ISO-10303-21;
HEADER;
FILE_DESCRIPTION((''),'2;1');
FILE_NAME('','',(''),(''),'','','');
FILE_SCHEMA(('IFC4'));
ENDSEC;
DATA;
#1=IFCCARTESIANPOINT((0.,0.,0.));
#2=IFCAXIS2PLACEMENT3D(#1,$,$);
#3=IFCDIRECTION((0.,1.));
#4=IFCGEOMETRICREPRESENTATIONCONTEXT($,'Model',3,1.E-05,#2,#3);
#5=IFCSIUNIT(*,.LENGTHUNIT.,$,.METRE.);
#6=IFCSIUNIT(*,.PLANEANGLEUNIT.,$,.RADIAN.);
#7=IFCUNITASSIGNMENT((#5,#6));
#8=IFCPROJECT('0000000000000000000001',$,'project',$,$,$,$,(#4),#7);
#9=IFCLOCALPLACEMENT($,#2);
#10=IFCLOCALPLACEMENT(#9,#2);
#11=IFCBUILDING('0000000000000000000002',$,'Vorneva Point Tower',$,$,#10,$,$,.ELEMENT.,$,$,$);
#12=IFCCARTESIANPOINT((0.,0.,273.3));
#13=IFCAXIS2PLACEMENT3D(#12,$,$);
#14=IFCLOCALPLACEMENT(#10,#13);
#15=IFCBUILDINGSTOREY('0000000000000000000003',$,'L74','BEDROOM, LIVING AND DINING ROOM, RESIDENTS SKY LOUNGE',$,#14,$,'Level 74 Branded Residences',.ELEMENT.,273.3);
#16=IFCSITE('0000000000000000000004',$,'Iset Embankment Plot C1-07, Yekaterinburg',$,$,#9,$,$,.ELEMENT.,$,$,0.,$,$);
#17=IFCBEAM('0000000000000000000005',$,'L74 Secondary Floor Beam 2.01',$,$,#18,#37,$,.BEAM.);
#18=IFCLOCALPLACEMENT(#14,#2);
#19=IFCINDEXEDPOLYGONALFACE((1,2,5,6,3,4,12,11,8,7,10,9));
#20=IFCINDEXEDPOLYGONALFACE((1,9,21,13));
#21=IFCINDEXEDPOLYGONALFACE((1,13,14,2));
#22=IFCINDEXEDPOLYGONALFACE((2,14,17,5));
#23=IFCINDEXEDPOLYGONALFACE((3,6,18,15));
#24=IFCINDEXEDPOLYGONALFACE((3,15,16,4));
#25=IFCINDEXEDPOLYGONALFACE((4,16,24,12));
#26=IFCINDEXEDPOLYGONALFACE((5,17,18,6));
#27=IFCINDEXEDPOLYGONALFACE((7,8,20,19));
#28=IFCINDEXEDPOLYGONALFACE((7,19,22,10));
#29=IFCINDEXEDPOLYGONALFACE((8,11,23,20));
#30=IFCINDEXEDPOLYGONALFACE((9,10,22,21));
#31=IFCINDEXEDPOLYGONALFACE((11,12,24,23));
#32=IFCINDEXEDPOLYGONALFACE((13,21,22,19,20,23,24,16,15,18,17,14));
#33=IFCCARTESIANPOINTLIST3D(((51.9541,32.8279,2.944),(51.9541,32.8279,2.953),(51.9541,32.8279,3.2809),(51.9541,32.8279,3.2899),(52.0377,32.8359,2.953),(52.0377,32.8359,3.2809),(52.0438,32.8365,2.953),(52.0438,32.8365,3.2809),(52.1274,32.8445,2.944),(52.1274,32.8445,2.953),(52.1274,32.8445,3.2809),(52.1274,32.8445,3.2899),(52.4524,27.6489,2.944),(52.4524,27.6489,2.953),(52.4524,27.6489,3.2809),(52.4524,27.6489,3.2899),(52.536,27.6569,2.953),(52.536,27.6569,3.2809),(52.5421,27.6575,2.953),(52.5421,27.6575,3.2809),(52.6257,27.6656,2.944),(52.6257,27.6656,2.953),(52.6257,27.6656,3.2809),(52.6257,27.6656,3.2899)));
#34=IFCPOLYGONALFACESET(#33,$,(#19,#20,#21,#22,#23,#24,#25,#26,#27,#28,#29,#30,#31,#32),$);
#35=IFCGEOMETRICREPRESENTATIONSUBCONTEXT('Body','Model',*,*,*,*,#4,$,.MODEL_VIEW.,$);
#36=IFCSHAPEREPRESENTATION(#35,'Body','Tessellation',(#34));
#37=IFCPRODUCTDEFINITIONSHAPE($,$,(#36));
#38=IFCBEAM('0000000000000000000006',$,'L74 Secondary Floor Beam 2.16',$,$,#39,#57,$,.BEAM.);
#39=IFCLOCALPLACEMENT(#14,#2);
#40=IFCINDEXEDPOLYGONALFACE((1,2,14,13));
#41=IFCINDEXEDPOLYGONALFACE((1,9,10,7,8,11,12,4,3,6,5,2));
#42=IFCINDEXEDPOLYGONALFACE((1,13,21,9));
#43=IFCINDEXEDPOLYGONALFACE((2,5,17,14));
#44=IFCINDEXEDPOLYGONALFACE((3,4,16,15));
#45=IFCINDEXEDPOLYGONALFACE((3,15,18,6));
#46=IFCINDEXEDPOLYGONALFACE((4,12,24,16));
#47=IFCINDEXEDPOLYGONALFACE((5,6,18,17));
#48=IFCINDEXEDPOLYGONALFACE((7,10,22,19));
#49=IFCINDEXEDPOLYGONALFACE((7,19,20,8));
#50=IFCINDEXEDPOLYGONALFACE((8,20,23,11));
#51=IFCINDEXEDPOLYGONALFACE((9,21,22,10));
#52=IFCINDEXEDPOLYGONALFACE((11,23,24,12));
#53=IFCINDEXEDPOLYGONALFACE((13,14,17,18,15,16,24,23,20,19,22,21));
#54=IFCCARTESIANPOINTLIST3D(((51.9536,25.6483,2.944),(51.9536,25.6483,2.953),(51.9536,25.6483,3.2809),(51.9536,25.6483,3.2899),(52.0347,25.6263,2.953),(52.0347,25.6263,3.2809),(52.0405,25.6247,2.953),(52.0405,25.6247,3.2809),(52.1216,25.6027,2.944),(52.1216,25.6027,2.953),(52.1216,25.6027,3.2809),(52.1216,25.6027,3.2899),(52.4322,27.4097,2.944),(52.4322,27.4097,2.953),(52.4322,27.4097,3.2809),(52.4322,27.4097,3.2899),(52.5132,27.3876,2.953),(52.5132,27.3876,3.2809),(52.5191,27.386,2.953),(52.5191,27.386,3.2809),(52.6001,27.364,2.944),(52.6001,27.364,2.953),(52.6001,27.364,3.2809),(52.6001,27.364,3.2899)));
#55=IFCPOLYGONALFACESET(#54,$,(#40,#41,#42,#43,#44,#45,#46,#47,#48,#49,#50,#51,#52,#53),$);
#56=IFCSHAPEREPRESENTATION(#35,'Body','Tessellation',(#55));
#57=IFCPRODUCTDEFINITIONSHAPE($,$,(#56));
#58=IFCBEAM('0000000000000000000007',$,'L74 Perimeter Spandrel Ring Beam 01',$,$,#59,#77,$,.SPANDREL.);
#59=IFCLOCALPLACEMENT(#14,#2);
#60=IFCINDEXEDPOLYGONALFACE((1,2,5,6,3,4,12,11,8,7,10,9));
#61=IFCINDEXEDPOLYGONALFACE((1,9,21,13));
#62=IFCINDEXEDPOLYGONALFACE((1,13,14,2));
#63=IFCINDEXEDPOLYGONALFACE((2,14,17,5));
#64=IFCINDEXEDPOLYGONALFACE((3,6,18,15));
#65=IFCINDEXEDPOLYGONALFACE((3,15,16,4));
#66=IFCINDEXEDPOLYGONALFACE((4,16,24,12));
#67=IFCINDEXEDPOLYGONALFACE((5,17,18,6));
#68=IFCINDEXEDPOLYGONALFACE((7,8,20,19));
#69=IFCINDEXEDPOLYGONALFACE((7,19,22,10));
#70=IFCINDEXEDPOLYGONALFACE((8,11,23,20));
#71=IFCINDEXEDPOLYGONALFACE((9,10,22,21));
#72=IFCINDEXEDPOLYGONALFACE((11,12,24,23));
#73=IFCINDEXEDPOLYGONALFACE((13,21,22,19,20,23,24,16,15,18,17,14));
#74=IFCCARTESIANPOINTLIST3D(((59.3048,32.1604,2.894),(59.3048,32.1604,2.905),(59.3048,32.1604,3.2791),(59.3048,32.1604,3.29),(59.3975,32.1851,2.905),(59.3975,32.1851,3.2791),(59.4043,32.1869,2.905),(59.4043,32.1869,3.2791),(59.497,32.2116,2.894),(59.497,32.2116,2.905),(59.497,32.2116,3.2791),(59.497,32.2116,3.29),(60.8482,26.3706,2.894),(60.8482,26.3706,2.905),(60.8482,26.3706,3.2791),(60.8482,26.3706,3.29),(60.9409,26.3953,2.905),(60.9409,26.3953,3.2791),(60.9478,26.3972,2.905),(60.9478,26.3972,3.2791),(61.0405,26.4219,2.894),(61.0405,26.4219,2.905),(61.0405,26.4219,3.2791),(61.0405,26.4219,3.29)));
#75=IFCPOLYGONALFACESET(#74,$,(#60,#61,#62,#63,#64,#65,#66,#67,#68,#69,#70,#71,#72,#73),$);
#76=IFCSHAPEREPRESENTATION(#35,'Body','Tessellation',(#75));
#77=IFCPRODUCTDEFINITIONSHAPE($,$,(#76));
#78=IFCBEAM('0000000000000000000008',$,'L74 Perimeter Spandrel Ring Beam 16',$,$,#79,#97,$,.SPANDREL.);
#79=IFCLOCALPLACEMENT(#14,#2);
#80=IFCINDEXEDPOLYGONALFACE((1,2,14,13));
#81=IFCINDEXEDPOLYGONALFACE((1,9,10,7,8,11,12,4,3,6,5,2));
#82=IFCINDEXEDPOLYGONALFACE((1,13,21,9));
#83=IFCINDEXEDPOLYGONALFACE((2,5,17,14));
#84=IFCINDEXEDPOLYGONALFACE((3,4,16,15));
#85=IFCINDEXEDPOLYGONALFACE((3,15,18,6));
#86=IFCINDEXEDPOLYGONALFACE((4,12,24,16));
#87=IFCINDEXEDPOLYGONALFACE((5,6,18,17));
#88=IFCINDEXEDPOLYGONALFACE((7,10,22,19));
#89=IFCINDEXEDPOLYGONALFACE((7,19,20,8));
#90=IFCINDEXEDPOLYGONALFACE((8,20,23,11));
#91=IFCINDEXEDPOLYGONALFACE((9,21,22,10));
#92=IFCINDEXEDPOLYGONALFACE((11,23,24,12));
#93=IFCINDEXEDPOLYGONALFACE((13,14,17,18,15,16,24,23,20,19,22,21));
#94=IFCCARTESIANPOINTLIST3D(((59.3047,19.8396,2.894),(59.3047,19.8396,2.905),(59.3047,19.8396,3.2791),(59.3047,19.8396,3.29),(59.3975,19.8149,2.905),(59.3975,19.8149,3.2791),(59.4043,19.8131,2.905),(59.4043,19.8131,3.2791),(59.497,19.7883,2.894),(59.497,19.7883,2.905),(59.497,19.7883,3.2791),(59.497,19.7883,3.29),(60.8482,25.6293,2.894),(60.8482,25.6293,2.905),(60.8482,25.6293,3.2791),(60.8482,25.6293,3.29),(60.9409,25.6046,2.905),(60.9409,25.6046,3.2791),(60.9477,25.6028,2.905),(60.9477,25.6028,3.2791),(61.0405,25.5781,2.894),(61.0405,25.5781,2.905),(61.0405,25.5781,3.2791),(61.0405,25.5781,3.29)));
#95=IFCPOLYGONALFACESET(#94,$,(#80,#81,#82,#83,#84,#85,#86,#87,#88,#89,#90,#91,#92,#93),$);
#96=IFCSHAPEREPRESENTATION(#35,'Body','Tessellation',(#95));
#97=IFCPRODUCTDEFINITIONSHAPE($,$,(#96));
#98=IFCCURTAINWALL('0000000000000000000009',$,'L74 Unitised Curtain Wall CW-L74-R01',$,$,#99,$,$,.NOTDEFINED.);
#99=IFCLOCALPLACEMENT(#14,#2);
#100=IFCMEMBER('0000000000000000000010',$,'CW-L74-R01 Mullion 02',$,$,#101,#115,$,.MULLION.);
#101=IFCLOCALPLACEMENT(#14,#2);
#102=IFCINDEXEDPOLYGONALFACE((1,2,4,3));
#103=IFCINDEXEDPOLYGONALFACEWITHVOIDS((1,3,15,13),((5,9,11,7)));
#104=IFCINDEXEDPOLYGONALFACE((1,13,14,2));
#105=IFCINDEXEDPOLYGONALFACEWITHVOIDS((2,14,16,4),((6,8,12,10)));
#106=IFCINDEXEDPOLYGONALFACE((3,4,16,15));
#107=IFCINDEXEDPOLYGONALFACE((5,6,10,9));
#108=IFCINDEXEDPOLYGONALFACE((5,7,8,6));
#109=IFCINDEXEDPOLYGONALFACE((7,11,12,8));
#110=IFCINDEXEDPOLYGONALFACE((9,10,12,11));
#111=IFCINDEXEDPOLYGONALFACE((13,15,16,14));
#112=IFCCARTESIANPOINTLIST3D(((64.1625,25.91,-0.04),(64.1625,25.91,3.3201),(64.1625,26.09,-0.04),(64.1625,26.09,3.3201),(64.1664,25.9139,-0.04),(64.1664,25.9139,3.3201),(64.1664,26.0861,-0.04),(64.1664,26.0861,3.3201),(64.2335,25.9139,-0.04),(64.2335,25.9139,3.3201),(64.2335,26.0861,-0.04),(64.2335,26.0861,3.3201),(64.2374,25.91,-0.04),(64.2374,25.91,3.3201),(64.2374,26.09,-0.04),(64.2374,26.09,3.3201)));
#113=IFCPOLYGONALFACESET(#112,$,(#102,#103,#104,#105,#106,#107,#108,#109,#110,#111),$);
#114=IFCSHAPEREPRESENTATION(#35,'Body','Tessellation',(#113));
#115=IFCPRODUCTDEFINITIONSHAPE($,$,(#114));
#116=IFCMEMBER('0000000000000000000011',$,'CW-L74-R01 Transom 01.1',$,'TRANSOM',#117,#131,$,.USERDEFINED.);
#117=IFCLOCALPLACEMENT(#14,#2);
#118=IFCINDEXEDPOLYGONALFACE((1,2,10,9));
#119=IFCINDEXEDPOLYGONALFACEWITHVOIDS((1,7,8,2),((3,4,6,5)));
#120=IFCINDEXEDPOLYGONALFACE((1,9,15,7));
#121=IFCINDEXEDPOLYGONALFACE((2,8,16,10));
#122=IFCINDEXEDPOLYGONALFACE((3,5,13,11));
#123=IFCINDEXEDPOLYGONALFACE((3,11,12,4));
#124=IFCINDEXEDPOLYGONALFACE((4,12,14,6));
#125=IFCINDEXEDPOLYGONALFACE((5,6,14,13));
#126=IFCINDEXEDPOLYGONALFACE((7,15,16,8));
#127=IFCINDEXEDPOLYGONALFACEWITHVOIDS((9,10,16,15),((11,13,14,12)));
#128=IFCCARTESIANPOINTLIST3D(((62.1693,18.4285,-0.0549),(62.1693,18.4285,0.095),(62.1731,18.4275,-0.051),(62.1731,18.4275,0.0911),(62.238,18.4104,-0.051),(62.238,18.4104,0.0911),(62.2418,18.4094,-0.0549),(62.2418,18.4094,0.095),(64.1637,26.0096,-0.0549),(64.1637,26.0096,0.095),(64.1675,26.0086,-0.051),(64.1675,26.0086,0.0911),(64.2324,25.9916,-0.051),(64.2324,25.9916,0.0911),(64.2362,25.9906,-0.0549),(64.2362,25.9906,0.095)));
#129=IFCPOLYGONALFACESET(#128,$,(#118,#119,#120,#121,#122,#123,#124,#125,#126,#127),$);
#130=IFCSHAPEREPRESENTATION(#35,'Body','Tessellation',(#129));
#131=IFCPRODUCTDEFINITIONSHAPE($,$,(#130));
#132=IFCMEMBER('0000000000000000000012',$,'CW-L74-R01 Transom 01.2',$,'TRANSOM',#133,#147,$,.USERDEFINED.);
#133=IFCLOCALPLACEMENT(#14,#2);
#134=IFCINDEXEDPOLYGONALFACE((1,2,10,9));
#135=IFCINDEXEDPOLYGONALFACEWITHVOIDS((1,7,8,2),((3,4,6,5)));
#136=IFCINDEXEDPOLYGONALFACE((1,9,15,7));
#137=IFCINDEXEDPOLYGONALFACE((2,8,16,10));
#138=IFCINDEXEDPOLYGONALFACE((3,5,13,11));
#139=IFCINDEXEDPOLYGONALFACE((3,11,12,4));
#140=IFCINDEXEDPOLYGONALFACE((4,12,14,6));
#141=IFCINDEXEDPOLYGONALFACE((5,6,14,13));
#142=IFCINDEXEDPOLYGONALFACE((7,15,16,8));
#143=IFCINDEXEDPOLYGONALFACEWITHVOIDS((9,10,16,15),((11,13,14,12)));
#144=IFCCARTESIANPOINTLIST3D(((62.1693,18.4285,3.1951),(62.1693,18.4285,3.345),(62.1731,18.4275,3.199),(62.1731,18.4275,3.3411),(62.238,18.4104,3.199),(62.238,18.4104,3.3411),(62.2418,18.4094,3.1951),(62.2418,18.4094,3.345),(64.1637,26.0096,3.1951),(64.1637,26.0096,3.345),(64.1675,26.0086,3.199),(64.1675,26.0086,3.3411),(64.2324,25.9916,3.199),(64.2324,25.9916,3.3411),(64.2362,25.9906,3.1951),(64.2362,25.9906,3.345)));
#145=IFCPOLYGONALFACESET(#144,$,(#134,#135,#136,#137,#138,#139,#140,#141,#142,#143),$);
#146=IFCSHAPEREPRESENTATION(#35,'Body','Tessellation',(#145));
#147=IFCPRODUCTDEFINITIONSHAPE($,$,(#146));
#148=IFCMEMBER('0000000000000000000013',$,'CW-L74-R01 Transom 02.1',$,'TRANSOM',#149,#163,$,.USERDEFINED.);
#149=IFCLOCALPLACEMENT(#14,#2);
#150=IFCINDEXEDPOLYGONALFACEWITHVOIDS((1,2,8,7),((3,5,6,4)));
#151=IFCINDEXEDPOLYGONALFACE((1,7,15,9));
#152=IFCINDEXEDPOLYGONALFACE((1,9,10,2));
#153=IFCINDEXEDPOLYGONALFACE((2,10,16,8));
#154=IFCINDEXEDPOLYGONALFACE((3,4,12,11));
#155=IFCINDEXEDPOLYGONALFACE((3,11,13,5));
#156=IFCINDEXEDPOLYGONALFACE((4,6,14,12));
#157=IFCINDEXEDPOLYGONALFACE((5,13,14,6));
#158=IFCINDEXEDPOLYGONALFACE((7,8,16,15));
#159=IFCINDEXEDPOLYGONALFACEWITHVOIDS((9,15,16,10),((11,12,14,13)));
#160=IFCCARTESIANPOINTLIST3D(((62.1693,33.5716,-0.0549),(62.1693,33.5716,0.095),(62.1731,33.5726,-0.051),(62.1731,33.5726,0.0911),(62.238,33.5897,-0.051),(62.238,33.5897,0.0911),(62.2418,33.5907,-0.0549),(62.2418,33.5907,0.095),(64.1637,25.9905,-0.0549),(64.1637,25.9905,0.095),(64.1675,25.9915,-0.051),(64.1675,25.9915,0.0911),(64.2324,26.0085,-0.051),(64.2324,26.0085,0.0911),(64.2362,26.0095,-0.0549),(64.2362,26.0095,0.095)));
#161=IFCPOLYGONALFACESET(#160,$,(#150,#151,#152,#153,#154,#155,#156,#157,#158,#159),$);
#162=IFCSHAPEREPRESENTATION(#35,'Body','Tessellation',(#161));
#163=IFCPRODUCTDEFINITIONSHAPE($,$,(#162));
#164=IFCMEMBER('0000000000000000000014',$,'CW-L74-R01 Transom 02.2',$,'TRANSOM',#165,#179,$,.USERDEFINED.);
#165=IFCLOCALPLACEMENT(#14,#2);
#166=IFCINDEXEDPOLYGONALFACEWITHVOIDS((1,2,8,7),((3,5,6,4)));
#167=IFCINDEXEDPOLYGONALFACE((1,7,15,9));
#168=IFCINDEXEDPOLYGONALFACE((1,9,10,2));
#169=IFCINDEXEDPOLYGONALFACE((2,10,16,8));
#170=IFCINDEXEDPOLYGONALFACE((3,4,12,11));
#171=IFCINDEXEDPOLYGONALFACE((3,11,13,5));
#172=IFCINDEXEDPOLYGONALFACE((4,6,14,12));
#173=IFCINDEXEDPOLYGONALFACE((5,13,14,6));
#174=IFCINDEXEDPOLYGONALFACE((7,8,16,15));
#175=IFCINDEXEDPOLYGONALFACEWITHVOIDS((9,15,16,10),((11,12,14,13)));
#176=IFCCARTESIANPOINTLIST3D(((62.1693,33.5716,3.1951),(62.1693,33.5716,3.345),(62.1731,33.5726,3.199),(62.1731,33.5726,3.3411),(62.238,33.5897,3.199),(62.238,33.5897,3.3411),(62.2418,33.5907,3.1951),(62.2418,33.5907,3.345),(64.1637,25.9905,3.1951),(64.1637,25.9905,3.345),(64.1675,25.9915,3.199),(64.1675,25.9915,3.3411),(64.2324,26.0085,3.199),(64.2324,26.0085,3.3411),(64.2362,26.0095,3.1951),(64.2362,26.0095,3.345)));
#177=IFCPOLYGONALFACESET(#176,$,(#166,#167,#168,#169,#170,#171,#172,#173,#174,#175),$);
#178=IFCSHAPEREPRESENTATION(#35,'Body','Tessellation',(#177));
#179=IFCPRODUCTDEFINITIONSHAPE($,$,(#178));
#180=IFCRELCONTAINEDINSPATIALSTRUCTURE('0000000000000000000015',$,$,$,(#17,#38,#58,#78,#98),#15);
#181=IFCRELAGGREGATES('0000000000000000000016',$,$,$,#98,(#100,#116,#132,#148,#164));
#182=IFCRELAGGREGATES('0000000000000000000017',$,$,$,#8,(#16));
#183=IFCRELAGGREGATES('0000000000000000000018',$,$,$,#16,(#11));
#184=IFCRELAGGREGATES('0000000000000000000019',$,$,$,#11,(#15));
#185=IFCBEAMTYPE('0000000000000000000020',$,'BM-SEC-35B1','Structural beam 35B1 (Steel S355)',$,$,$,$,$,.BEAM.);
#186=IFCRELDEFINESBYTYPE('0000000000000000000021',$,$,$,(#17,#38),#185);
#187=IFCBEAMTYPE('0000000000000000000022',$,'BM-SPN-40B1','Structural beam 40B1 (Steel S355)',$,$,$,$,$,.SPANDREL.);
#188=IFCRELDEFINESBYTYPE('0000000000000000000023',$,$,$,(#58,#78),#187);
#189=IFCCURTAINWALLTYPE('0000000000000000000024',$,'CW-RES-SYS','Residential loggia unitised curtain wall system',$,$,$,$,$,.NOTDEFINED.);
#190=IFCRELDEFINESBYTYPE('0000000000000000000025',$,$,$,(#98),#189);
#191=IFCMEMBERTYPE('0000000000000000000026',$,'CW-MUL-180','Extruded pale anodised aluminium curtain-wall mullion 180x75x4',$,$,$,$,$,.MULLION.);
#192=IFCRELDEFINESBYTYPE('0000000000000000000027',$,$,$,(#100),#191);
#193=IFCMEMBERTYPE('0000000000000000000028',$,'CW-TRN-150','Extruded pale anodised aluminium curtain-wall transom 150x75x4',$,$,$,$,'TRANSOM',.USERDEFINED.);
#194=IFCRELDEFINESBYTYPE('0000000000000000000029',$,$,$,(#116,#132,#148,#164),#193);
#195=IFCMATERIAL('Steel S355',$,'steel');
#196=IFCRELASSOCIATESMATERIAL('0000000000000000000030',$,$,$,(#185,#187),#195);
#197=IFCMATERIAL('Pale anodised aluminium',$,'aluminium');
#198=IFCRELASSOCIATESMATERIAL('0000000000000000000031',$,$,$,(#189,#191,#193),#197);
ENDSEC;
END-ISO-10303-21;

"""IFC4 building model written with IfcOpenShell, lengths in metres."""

from ifc_helpers import new_model, si_unit, direction, frame, origin, origin_2d, place, context, subcontext, project, spatial, hollow_rectangle, i_section, extrude, material, material_profile, profile_set, type_object, element, aggregate, save


model = new_model("IFC4")

# Units and contexts
model_context = context("Model", 3, precision=1e-05, world=origin(), true_north=direction((0.0, 1.0)))
body_context = subcontext(model_context, "Body", "Model", "MODEL_VIEW")
ifc_project = project(units=[si_unit("LENGTHUNIT", "METRE"), si_unit("PLANEANGLEUNIT", "RADIAN")], contexts=[model_context])

# Site, building, storey
site_placement = place(None, origin())
site = spatial("IfcSite", under=ifc_project, at=site_placement, Name="Iset Embankment Plot C1-07, Yekaterinburg", CompositionType="ELEMENT", RefElevation=0.0)
building_placement = place(site_placement, origin())
building = spatial("IfcBuilding", under=site, at=building_placement, Name="Vorneva Point Tower", CompositionType="ELEMENT")
storey_placement = place(building_placement, frame((0.0, 0.0, 273.3)))
storey = spatial("IfcBuildingStorey", under=building, at=storey_placement, Name="L74", Description="BEDROOM, LIVING AND DINING ROOM, RESIDENTS SKY LOUNGE", LongName="Level 74 Branded Residences", CompositionType="ELEMENT", Elevation=273.3)

# Beams
ifc_material_1 = material(Name="Steel S355", Category="steel")
ifc_material_profile_1 = material_profile(ifc_material_1, i_section(OverallWidth=0.1741, OverallDepth=0.3459, WebThickness=0.0061, FlangeThickness=0.009, at=origin_2d()), Name="35B1")
ifc_profile_set_1 = profile_set([ifc_material_profile_1], Name="Steel S355")
beam_type_1 = type_object("IfcBeamType", Name="BM-SEC-35B1", Description="Structural beam 35B1 (Steel S355)", PredefinedType="BEAM", material=ifc_profile_set_1)
beam_1_placement = place(storey_placement, frame((52.5391, 27.6572, 3.1169), z_axis=(-0.095772, 0.995403, 0.0), x_axis=(-0.995403, -0.095772, 0.0)))
element("IfcBeam", 1, at=beam_1_placement, inside=storey, type_object=beam_type_1, Name="L74 Secondary Floor Beam 2.01", PredefinedType="BEAM", context=body_context, shape_type="SweptSolid", body=[
    extrude(i_section(OverallWidth=0.1741, OverallDepth=0.3459, WebThickness=0.0061, FlangeThickness=0.009, at=origin_2d()), origin(), (0.0, 0.0, 1.0), 5.2029),
])
beam_2_placement = place(storey_placement, frame((52.0376, 25.6255, 3.1169), z_axis=(0.262189, 0.965017, 0.0), x_axis=(-0.965017, 0.262189, 0.0)))
element("IfcBeam", 2, at=beam_2_placement, inside=storey, type_object=beam_type_1, Name="L74 Secondary Floor Beam 2.16", PredefinedType="BEAM", context=body_context, shape_type="SweptSolid", body=[
    extrude(i_section(OverallWidth=0.1741, OverallDepth=0.3459, WebThickness=0.0061, FlangeThickness=0.009, at=origin_2d()), origin(), (0.0, 0.0, 1.0), 1.8252),
])
ifc_material_profile_2 = material_profile(ifc_material_1, i_section(OverallWidth=0.199, OverallDepth=0.396, WebThickness=0.0071, FlangeThickness=0.011, at=origin_2d()), Name="40B1")
ifc_profile_set_2 = profile_set([ifc_material_profile_2], Name="Steel S355")
beam_type_2 = type_object("IfcBeamType", Name="BM-SPN-40B1", Description="Structural beam 40B1 (Steel S355)", PredefinedType="SPANDREL", material=ifc_profile_set_2)
for number, where, z_axis, x_axis, name in (
    (3, (60.9443, 26.3962, 3.092), (-0.257587, 0.966255, 0.0), (-0.966255, -0.257587, 0.0), "L74 Perimeter Spandrel Ring Beam 01"),
    (4, (59.4009, 19.814, 3.092), (0.257587, 0.966255, 0.0), (-0.966255, 0.257587, 0.0), "L74 Perimeter Spandrel Ring Beam 16"),
):
    element("IfcBeam", number, at=place(storey_placement, frame(where, z_axis=z_axis, x_axis=x_axis)), inside=storey, type_object=beam_type_2, Name=name, PredefinedType="SPANDREL", context=body_context, shape_type="SweptSolid", body=[
        extrude(i_section(OverallWidth=0.199, OverallDepth=0.396, WebThickness=0.0071, FlangeThickness=0.011, at=origin_2d()), origin(), (0.0, 0.0, 1.0), 5.9919),
    ])

# Curtain wall, members
ifc_material_2 = material(Name="Pale anodised aluminium", Category="aluminium")
curtain_wall_type = type_object("IfcCurtainWallType", Name="CW-RES-SYS", Description="Residential loggia unitised curtain wall system", PredefinedType="NOTDEFINED", material=ifc_material_2)
curtain_wall_placement = place(storey_placement, origin())
curtain_wall = element("IfcCurtainWall", 5, at=curtain_wall_placement, inside=storey, type_object=curtain_wall_type, Name="L74 Unitised Curtain Wall CW-L74-R01", PredefinedType="NOTDEFINED")
ifc_material_profile_3 = material_profile(ifc_material_2, hollow_rectangle(XDim=0.075, YDim=0.1799, WallThickness=0.0039, at=origin_2d()), Name="AL-MUL 180x75x4")
ifc_profile_set_3 = profile_set([ifc_material_profile_3], Name="Pale anodised aluminium")
member_type_1 = type_object("IfcMemberType", Name="CW-MUL-180", Description="Extruded pale anodised aluminium curtain-wall mullion 180x75x4", PredefinedType="MULLION", material=ifc_profile_set_3)
member_1_placement = place(storey_placement, frame((64.2, 26.0, -0.04), z_axis=(0.0, 0.0, 1.0), x_axis=(1.0, 0.0, 0.0)))
member_1 = element("IfcMember", 6, at=member_1_placement, type_object=member_type_1, Name="CW-L74-R01 Mullion 02", PredefinedType="MULLION", context=body_context, shape_type="SweptSolid", body=[
    extrude(hollow_rectangle(XDim=0.075, YDim=0.1799, WallThickness=0.0039, at=origin_2d()), origin(), (0.0, 0.0, 1.0), 3.3601),
])
ifc_material_profile_4 = material_profile(ifc_material_2, hollow_rectangle(XDim=0.075, YDim=0.1499, WallThickness=0.0039, at=origin_2d()), Name="AL-TRN 150x75x4")
ifc_profile_set_4 = profile_set([ifc_material_profile_4], Name="Pale anodised aluminium")
member_type_2 = type_object("IfcMemberType", Name="CW-TRN-150", Description="Extruded pale anodised aluminium curtain-wall transom 150x75x4", ElementType="TRANSOM", PredefinedType="USERDEFINED", material=ifc_profile_set_4)
member_2_placement = place(storey_placement, frame((62.2056, 18.4189, 0.02), z_axis=(0.254418, 0.967094, 0.0), x_axis=(-0.967094, 0.254418, 0.0)))
member_2 = element("IfcMember", 7, at=member_2_placement, type_object=member_type_2, Name="CW-L74-R01 Transom 01.1", ObjectType="TRANSOM", PredefinedType="USERDEFINED", context=body_context, shape_type="SweptSolid", body=[
    extrude(hollow_rectangle(XDim=0.075, YDim=0.1499, WallThickness=0.0039, at=origin_2d()), origin(), (0.0, 0.0, 1.0), 7.8391),
])
member_3_placement = place(storey_placement, frame((62.2056, 18.4189, 3.27), z_axis=(0.254418, 0.967094, 0.0), x_axis=(-0.967094, 0.254418, 0.0)))
member_3 = element("IfcMember", 8, at=member_3_placement, type_object=member_type_2, Name="CW-L74-R01 Transom 01.2", ObjectType="TRANSOM", PredefinedType="USERDEFINED", context=body_context, shape_type="SweptSolid", body=[
    extrude(hollow_rectangle(XDim=0.075, YDim=0.1499, WallThickness=0.0039, at=origin_2d()), origin(), (0.0, 0.0, 1.0), 7.8391),
])
member_4_placement = place(storey_placement, frame((64.2, 26.0, 0.02), z_axis=(-0.254418, 0.967094, 0.0), x_axis=(-0.967094, -0.254418, 0.0)))
member_4 = element("IfcMember", 9, at=member_4_placement, type_object=member_type_2, Name="CW-L74-R01 Transom 02.1", ObjectType="TRANSOM", PredefinedType="USERDEFINED", context=body_context, shape_type="SweptSolid", body=[
    extrude(hollow_rectangle(XDim=0.075, YDim=0.1499, WallThickness=0.0039, at=origin_2d()), origin(), (0.0, 0.0, 1.0), 7.8391),
])
member_5_placement = place(storey_placement, frame((64.2, 26.0, 3.27), z_axis=(-0.254418, 0.967094, 0.0), x_axis=(-0.967094, -0.254418, 0.0)))
member_5 = element("IfcMember", 10, at=member_5_placement, type_object=member_type_2, Name="CW-L74-R01 Transom 02.2", ObjectType="TRANSOM", PredefinedType="USERDEFINED", context=body_context, shape_type="SweptSolid", body=[
    extrude(hollow_rectangle(XDim=0.075, YDim=0.1499, WallThickness=0.0039, at=origin_2d()), origin(), (0.0, 0.0, 1.0), 7.8391),
])
aggregate(curtain_wall, [member_1, member_2, member_3, member_4, member_5])

save(model, "model.ifc")
